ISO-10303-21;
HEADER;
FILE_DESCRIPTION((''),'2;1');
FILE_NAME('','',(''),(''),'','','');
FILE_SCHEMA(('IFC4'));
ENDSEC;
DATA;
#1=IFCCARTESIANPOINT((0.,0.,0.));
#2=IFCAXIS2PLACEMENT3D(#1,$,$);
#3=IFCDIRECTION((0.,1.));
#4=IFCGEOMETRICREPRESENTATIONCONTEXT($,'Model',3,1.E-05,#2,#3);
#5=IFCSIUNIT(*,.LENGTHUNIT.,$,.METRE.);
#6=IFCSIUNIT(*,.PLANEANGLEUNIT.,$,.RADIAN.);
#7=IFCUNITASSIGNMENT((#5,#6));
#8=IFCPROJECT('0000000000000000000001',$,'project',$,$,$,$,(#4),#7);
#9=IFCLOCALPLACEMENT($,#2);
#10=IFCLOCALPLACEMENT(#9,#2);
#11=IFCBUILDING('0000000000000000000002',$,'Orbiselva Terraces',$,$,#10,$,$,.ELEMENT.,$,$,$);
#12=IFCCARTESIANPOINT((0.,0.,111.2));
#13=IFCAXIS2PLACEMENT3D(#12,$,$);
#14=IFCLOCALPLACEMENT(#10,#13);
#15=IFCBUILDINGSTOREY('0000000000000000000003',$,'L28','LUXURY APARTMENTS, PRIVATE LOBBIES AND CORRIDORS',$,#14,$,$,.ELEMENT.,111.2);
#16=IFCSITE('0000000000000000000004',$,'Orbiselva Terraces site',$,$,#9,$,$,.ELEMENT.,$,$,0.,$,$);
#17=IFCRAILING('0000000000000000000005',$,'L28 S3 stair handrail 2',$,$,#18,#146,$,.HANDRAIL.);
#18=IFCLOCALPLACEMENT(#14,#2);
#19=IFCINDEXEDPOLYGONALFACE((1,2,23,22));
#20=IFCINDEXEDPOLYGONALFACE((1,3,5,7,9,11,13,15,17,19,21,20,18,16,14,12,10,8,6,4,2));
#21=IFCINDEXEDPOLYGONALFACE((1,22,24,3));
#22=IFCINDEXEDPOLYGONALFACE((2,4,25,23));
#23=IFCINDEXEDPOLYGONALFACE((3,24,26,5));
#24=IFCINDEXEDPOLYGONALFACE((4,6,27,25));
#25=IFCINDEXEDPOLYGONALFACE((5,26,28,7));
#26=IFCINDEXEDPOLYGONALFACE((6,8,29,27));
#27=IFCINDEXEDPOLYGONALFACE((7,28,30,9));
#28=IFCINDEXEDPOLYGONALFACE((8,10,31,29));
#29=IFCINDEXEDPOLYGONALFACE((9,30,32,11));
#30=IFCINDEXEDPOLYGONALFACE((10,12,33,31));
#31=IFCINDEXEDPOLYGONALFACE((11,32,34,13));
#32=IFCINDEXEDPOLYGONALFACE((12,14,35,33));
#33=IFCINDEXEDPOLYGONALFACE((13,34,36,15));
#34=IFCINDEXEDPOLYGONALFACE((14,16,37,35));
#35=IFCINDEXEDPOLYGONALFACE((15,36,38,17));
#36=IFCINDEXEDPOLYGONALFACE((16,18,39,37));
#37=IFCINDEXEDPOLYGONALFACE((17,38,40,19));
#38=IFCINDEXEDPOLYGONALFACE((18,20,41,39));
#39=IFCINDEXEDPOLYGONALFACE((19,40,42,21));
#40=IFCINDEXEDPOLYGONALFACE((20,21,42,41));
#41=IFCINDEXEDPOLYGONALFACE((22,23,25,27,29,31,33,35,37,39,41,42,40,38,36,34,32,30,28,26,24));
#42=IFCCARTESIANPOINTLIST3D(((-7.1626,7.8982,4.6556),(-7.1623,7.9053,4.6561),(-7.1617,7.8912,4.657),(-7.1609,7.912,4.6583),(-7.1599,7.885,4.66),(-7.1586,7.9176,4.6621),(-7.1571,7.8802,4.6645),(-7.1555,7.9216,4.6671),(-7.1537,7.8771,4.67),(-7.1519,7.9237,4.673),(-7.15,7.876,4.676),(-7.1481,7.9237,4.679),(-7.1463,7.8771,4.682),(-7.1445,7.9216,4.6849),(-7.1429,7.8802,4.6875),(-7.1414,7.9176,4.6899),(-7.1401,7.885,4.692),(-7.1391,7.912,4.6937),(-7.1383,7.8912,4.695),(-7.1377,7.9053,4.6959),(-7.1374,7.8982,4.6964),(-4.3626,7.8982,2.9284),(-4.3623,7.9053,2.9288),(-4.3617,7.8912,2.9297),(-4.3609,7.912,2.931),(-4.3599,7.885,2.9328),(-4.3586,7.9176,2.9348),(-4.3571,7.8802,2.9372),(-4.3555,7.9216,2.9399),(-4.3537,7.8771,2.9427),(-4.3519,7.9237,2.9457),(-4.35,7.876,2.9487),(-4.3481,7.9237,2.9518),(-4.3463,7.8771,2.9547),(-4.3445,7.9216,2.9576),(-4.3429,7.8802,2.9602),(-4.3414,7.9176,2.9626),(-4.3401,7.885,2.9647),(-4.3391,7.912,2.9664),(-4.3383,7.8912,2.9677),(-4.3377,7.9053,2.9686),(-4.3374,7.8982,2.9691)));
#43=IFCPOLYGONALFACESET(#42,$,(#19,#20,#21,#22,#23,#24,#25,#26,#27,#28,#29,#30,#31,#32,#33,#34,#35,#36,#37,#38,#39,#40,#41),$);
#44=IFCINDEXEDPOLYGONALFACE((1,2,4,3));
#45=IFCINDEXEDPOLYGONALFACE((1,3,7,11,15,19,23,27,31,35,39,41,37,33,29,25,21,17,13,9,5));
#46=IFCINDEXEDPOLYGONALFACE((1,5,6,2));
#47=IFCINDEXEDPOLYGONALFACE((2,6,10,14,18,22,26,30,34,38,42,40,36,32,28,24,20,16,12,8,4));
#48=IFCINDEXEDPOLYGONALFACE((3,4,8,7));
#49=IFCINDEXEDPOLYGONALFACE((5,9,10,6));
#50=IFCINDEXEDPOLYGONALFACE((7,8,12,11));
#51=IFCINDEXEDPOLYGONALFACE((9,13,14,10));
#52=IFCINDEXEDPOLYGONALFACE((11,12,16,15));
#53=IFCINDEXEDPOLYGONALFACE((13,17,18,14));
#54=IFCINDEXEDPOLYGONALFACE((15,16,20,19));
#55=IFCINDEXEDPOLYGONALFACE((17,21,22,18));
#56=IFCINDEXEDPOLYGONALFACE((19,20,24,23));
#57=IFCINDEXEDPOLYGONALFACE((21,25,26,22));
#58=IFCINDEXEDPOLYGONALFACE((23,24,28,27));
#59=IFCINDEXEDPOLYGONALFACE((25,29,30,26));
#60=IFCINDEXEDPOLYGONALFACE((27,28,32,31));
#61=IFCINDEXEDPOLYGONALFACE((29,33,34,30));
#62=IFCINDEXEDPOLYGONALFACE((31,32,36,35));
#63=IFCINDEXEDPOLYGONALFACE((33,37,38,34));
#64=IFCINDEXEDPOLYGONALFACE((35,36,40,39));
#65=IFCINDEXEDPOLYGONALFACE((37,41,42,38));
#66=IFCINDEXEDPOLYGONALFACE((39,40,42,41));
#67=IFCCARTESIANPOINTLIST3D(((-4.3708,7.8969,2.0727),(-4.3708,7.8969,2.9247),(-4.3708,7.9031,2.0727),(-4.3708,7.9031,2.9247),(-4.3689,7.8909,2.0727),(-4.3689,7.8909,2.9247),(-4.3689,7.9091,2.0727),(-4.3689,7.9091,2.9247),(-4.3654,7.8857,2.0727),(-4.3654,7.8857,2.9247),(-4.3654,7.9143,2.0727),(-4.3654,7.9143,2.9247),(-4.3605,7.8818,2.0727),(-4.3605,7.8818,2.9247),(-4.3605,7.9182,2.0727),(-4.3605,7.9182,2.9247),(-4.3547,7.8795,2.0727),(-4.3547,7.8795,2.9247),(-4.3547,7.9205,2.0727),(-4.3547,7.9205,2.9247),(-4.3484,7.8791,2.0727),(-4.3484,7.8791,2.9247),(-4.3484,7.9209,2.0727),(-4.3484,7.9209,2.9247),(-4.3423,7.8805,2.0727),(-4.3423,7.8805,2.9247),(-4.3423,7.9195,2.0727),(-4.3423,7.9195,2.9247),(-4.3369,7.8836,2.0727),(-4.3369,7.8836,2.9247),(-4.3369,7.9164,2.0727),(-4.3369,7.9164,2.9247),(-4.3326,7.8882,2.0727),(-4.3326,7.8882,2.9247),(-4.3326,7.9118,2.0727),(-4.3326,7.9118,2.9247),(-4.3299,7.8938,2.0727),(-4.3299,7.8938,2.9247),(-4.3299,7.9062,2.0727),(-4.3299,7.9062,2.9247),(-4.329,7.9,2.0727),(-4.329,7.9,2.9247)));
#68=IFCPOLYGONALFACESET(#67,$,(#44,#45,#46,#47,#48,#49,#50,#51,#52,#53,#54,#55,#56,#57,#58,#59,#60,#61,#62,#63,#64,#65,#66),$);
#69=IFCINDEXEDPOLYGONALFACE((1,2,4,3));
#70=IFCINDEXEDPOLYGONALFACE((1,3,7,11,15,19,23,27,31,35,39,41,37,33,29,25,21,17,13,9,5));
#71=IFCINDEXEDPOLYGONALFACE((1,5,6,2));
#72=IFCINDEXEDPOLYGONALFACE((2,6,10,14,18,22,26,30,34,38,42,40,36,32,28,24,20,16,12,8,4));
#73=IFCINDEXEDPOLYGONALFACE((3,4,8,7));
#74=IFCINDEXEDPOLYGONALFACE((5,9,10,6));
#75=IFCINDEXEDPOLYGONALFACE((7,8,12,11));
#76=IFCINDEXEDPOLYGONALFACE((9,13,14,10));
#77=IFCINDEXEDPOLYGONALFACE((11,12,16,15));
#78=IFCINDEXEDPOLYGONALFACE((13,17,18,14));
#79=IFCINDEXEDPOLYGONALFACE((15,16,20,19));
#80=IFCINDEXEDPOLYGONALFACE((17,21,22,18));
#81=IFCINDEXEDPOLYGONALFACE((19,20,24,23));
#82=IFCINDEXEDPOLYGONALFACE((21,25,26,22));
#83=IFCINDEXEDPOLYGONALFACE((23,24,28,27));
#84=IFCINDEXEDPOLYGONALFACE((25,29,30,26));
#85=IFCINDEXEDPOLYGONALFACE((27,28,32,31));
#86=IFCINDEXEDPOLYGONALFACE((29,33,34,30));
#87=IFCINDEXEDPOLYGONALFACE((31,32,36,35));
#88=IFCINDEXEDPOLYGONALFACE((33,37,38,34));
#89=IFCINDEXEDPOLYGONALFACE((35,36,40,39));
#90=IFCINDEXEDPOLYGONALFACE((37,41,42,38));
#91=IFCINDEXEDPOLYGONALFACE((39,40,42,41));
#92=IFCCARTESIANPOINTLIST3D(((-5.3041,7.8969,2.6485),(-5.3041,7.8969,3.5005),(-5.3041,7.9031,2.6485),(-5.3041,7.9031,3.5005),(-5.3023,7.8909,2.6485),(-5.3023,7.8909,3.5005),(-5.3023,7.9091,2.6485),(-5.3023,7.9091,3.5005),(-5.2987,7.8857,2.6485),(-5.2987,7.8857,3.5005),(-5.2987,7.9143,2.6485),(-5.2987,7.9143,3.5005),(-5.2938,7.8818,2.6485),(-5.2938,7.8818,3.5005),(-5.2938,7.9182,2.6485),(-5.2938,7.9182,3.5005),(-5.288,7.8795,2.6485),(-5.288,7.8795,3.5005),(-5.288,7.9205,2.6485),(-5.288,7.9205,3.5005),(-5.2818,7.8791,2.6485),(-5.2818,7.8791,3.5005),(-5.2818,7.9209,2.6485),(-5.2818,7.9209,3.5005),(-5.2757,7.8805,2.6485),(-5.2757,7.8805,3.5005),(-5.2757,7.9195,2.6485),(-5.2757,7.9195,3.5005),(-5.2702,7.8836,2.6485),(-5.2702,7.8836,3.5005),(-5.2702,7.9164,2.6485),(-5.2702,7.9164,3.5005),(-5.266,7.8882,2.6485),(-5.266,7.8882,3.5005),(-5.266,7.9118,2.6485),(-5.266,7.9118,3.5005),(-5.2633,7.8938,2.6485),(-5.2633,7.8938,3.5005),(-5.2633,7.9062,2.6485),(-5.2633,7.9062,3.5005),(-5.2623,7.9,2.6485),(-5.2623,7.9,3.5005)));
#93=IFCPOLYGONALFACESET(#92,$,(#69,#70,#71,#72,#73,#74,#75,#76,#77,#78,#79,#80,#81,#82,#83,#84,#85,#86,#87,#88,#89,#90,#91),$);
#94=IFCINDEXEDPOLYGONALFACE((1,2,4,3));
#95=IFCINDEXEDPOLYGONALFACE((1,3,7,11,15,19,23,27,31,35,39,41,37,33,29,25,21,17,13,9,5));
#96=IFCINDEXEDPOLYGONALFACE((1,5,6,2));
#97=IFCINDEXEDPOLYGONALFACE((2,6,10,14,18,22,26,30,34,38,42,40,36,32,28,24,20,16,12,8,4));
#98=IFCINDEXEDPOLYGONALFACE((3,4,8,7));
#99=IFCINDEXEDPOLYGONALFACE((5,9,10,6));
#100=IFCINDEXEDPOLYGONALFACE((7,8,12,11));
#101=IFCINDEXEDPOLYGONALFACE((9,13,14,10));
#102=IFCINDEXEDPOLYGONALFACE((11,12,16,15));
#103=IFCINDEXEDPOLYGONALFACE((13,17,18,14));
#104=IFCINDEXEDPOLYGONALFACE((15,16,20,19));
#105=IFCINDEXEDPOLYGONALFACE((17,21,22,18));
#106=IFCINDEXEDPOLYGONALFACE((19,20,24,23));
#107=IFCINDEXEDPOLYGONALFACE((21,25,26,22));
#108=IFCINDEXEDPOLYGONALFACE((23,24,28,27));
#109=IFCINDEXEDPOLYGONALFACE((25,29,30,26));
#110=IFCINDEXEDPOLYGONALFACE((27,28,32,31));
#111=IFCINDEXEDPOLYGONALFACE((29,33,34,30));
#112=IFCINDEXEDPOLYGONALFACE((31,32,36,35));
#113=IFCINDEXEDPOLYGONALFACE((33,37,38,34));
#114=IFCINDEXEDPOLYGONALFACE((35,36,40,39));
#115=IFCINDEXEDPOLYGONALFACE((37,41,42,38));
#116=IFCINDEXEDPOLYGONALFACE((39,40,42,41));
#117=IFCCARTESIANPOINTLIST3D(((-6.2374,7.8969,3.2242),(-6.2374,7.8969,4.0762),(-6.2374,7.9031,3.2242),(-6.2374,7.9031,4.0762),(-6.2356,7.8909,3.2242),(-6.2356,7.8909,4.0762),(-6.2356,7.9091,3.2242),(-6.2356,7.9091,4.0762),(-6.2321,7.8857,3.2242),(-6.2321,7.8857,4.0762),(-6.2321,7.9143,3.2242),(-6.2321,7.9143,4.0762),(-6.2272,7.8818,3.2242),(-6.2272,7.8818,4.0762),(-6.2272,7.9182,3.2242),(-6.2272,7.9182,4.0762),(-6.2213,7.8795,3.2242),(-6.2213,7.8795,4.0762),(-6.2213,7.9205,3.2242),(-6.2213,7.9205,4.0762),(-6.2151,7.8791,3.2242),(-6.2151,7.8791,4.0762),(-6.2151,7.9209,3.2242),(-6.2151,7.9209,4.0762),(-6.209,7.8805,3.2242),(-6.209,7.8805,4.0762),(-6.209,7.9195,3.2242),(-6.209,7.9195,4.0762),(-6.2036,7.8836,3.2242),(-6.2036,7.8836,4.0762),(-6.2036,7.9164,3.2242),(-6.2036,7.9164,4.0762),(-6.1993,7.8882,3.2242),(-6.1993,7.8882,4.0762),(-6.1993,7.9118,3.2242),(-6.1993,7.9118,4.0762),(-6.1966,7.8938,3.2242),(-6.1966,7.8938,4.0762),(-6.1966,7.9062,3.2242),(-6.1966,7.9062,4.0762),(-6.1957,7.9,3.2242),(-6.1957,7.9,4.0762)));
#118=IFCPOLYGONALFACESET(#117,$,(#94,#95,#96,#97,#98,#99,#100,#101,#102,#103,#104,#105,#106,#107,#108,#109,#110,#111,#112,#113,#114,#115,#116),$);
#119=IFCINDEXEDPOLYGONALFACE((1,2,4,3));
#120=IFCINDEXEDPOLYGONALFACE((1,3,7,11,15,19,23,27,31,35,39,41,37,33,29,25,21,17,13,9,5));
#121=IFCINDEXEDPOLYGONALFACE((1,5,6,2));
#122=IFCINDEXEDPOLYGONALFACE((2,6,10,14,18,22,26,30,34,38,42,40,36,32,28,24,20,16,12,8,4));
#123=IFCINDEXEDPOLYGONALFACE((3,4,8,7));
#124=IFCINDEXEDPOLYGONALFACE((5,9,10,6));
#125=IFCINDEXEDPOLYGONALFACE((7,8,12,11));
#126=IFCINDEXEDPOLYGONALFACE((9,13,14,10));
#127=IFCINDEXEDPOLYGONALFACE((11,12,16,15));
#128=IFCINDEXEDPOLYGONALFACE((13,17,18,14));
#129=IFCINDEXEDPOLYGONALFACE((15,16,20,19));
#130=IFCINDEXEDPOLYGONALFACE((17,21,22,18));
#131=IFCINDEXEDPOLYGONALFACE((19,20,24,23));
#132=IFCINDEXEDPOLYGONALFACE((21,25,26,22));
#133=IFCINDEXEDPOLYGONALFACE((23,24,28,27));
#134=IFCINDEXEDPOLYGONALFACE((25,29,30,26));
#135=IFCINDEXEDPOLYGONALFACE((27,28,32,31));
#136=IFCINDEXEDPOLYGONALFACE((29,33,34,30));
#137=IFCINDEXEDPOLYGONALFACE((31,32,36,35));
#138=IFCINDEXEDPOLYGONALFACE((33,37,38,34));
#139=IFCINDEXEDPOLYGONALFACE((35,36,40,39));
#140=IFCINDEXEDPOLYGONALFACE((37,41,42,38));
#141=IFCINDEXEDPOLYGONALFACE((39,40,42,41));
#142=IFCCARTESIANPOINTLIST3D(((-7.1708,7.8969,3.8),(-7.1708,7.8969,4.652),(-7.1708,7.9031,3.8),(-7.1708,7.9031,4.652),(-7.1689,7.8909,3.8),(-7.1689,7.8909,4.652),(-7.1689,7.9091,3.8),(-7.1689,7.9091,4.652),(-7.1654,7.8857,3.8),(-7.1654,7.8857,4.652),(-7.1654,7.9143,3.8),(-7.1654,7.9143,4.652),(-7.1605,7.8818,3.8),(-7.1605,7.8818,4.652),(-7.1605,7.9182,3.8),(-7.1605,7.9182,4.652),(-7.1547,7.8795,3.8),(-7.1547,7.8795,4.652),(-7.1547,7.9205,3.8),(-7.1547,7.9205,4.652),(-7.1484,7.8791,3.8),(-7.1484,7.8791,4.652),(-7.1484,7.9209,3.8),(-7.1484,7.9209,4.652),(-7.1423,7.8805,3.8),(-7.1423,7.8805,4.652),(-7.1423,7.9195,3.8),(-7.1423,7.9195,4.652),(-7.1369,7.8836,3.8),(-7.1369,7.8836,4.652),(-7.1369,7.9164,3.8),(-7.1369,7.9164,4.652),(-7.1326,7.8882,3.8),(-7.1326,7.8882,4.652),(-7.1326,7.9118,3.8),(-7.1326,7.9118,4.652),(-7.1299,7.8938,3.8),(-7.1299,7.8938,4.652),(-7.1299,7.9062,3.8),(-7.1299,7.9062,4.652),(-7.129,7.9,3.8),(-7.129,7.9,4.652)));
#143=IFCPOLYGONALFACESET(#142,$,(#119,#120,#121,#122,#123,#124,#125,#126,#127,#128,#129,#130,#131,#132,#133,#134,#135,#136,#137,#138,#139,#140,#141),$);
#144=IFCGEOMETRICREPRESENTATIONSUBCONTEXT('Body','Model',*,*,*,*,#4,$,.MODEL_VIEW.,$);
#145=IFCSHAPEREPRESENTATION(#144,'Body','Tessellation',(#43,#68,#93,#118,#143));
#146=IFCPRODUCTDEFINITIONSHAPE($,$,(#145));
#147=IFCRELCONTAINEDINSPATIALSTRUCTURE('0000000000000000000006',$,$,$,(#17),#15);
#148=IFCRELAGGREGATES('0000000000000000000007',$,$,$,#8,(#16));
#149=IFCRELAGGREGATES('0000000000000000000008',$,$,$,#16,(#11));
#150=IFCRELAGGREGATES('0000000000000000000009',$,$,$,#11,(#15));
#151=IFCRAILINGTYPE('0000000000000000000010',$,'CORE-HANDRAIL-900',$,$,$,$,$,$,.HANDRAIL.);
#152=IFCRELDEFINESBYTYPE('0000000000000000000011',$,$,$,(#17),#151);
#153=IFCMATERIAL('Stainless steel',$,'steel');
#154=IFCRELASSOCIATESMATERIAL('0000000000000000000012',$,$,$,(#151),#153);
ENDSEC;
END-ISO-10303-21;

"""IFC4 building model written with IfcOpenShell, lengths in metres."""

from ifc_helpers import new_model, si_unit, direction, frame, origin, origin_2d, place, context, subcontext, project, spatial, circle, extrude, material, type_object, element, save


model = new_model("IFC4")

# Units and contexts
model_context = context("Model", 3, precision=1e-05, world=origin(), true_north=direction((0.0, 1.0)))
body_context = subcontext(model_context, "Body", "Model", "MODEL_VIEW")
ifc_project = project(units=[si_unit("LENGTHUNIT", "METRE"), si_unit("PLANEANGLEUNIT", "RADIAN")], contexts=[model_context])

# Site, building, storey
site_placement = place(None, origin())
site = spatial("IfcSite", under=ifc_project, at=site_placement, Name="Orbiselva Terraces site", CompositionType="ELEMENT", RefElevation=0.0)
building_placement = place(site_placement, origin())
building = spatial("IfcBuilding", under=site, at=building_placement, Name="Orbiselva Terraces", CompositionType="ELEMENT")
storey_placement = place(building_placement, frame((0.0, 0.0, 111.2)))
storey = spatial("IfcBuildingStorey", under=building, at=storey_placement, Name="L28", Description="LUXURY APARTMENTS, PRIVATE LOBBIES AND CORRIDORS", CompositionType="ELEMENT", Elevation=111.2)

# Railing
ifc_material_1 = material(Name="Stainless steel", Category="steel")
railing_type_1 = type_object("IfcRailingType", Name="CORE-HANDRAIL-900", PredefinedType="HANDRAIL", material=ifc_material_1)
railing_1_placement = place(storey_placement, frame((-4.35, 7.9, 2.0727)))
element("IfcRailing", 1, at=railing_1_placement, inside=storey, type_object=railing_type_1, Name="L28 S3 stair handrail 2", PredefinedType="HANDRAIL", context=body_context, shape_type="SweptSolid", body=[
    extrude(circle(Radius=0.024, at=origin_2d()), frame((0.0, 0.0, 0.876), z_axis=(-0.851089, 0.0, 0.525022), x_axis=(0.0, -1.0, 0.0)), (0.0, 0.0, 1.0), 3.2899),
    extrude(circle(Radius=0.021, at=origin_2d()), origin(), (0.0, 0.0, 1.0), 0.852),
    extrude(circle(Radius=0.021, at=origin_2d()), frame((-0.9333, 0.0, 0.5758)), (0.0, 0.0, 1.0), 0.852),
    extrude(circle(Radius=0.021, at=origin_2d()), frame((-1.8667, 0.0, 1.1515)), (0.0, 0.0, 1.0), 0.852),
    extrude(circle(Radius=0.021, at=origin_2d()), frame((-2.8, 0.0, 1.7273)), (0.0, 0.0, 1.0), 0.852),
])

save(model, "model.ifc")
